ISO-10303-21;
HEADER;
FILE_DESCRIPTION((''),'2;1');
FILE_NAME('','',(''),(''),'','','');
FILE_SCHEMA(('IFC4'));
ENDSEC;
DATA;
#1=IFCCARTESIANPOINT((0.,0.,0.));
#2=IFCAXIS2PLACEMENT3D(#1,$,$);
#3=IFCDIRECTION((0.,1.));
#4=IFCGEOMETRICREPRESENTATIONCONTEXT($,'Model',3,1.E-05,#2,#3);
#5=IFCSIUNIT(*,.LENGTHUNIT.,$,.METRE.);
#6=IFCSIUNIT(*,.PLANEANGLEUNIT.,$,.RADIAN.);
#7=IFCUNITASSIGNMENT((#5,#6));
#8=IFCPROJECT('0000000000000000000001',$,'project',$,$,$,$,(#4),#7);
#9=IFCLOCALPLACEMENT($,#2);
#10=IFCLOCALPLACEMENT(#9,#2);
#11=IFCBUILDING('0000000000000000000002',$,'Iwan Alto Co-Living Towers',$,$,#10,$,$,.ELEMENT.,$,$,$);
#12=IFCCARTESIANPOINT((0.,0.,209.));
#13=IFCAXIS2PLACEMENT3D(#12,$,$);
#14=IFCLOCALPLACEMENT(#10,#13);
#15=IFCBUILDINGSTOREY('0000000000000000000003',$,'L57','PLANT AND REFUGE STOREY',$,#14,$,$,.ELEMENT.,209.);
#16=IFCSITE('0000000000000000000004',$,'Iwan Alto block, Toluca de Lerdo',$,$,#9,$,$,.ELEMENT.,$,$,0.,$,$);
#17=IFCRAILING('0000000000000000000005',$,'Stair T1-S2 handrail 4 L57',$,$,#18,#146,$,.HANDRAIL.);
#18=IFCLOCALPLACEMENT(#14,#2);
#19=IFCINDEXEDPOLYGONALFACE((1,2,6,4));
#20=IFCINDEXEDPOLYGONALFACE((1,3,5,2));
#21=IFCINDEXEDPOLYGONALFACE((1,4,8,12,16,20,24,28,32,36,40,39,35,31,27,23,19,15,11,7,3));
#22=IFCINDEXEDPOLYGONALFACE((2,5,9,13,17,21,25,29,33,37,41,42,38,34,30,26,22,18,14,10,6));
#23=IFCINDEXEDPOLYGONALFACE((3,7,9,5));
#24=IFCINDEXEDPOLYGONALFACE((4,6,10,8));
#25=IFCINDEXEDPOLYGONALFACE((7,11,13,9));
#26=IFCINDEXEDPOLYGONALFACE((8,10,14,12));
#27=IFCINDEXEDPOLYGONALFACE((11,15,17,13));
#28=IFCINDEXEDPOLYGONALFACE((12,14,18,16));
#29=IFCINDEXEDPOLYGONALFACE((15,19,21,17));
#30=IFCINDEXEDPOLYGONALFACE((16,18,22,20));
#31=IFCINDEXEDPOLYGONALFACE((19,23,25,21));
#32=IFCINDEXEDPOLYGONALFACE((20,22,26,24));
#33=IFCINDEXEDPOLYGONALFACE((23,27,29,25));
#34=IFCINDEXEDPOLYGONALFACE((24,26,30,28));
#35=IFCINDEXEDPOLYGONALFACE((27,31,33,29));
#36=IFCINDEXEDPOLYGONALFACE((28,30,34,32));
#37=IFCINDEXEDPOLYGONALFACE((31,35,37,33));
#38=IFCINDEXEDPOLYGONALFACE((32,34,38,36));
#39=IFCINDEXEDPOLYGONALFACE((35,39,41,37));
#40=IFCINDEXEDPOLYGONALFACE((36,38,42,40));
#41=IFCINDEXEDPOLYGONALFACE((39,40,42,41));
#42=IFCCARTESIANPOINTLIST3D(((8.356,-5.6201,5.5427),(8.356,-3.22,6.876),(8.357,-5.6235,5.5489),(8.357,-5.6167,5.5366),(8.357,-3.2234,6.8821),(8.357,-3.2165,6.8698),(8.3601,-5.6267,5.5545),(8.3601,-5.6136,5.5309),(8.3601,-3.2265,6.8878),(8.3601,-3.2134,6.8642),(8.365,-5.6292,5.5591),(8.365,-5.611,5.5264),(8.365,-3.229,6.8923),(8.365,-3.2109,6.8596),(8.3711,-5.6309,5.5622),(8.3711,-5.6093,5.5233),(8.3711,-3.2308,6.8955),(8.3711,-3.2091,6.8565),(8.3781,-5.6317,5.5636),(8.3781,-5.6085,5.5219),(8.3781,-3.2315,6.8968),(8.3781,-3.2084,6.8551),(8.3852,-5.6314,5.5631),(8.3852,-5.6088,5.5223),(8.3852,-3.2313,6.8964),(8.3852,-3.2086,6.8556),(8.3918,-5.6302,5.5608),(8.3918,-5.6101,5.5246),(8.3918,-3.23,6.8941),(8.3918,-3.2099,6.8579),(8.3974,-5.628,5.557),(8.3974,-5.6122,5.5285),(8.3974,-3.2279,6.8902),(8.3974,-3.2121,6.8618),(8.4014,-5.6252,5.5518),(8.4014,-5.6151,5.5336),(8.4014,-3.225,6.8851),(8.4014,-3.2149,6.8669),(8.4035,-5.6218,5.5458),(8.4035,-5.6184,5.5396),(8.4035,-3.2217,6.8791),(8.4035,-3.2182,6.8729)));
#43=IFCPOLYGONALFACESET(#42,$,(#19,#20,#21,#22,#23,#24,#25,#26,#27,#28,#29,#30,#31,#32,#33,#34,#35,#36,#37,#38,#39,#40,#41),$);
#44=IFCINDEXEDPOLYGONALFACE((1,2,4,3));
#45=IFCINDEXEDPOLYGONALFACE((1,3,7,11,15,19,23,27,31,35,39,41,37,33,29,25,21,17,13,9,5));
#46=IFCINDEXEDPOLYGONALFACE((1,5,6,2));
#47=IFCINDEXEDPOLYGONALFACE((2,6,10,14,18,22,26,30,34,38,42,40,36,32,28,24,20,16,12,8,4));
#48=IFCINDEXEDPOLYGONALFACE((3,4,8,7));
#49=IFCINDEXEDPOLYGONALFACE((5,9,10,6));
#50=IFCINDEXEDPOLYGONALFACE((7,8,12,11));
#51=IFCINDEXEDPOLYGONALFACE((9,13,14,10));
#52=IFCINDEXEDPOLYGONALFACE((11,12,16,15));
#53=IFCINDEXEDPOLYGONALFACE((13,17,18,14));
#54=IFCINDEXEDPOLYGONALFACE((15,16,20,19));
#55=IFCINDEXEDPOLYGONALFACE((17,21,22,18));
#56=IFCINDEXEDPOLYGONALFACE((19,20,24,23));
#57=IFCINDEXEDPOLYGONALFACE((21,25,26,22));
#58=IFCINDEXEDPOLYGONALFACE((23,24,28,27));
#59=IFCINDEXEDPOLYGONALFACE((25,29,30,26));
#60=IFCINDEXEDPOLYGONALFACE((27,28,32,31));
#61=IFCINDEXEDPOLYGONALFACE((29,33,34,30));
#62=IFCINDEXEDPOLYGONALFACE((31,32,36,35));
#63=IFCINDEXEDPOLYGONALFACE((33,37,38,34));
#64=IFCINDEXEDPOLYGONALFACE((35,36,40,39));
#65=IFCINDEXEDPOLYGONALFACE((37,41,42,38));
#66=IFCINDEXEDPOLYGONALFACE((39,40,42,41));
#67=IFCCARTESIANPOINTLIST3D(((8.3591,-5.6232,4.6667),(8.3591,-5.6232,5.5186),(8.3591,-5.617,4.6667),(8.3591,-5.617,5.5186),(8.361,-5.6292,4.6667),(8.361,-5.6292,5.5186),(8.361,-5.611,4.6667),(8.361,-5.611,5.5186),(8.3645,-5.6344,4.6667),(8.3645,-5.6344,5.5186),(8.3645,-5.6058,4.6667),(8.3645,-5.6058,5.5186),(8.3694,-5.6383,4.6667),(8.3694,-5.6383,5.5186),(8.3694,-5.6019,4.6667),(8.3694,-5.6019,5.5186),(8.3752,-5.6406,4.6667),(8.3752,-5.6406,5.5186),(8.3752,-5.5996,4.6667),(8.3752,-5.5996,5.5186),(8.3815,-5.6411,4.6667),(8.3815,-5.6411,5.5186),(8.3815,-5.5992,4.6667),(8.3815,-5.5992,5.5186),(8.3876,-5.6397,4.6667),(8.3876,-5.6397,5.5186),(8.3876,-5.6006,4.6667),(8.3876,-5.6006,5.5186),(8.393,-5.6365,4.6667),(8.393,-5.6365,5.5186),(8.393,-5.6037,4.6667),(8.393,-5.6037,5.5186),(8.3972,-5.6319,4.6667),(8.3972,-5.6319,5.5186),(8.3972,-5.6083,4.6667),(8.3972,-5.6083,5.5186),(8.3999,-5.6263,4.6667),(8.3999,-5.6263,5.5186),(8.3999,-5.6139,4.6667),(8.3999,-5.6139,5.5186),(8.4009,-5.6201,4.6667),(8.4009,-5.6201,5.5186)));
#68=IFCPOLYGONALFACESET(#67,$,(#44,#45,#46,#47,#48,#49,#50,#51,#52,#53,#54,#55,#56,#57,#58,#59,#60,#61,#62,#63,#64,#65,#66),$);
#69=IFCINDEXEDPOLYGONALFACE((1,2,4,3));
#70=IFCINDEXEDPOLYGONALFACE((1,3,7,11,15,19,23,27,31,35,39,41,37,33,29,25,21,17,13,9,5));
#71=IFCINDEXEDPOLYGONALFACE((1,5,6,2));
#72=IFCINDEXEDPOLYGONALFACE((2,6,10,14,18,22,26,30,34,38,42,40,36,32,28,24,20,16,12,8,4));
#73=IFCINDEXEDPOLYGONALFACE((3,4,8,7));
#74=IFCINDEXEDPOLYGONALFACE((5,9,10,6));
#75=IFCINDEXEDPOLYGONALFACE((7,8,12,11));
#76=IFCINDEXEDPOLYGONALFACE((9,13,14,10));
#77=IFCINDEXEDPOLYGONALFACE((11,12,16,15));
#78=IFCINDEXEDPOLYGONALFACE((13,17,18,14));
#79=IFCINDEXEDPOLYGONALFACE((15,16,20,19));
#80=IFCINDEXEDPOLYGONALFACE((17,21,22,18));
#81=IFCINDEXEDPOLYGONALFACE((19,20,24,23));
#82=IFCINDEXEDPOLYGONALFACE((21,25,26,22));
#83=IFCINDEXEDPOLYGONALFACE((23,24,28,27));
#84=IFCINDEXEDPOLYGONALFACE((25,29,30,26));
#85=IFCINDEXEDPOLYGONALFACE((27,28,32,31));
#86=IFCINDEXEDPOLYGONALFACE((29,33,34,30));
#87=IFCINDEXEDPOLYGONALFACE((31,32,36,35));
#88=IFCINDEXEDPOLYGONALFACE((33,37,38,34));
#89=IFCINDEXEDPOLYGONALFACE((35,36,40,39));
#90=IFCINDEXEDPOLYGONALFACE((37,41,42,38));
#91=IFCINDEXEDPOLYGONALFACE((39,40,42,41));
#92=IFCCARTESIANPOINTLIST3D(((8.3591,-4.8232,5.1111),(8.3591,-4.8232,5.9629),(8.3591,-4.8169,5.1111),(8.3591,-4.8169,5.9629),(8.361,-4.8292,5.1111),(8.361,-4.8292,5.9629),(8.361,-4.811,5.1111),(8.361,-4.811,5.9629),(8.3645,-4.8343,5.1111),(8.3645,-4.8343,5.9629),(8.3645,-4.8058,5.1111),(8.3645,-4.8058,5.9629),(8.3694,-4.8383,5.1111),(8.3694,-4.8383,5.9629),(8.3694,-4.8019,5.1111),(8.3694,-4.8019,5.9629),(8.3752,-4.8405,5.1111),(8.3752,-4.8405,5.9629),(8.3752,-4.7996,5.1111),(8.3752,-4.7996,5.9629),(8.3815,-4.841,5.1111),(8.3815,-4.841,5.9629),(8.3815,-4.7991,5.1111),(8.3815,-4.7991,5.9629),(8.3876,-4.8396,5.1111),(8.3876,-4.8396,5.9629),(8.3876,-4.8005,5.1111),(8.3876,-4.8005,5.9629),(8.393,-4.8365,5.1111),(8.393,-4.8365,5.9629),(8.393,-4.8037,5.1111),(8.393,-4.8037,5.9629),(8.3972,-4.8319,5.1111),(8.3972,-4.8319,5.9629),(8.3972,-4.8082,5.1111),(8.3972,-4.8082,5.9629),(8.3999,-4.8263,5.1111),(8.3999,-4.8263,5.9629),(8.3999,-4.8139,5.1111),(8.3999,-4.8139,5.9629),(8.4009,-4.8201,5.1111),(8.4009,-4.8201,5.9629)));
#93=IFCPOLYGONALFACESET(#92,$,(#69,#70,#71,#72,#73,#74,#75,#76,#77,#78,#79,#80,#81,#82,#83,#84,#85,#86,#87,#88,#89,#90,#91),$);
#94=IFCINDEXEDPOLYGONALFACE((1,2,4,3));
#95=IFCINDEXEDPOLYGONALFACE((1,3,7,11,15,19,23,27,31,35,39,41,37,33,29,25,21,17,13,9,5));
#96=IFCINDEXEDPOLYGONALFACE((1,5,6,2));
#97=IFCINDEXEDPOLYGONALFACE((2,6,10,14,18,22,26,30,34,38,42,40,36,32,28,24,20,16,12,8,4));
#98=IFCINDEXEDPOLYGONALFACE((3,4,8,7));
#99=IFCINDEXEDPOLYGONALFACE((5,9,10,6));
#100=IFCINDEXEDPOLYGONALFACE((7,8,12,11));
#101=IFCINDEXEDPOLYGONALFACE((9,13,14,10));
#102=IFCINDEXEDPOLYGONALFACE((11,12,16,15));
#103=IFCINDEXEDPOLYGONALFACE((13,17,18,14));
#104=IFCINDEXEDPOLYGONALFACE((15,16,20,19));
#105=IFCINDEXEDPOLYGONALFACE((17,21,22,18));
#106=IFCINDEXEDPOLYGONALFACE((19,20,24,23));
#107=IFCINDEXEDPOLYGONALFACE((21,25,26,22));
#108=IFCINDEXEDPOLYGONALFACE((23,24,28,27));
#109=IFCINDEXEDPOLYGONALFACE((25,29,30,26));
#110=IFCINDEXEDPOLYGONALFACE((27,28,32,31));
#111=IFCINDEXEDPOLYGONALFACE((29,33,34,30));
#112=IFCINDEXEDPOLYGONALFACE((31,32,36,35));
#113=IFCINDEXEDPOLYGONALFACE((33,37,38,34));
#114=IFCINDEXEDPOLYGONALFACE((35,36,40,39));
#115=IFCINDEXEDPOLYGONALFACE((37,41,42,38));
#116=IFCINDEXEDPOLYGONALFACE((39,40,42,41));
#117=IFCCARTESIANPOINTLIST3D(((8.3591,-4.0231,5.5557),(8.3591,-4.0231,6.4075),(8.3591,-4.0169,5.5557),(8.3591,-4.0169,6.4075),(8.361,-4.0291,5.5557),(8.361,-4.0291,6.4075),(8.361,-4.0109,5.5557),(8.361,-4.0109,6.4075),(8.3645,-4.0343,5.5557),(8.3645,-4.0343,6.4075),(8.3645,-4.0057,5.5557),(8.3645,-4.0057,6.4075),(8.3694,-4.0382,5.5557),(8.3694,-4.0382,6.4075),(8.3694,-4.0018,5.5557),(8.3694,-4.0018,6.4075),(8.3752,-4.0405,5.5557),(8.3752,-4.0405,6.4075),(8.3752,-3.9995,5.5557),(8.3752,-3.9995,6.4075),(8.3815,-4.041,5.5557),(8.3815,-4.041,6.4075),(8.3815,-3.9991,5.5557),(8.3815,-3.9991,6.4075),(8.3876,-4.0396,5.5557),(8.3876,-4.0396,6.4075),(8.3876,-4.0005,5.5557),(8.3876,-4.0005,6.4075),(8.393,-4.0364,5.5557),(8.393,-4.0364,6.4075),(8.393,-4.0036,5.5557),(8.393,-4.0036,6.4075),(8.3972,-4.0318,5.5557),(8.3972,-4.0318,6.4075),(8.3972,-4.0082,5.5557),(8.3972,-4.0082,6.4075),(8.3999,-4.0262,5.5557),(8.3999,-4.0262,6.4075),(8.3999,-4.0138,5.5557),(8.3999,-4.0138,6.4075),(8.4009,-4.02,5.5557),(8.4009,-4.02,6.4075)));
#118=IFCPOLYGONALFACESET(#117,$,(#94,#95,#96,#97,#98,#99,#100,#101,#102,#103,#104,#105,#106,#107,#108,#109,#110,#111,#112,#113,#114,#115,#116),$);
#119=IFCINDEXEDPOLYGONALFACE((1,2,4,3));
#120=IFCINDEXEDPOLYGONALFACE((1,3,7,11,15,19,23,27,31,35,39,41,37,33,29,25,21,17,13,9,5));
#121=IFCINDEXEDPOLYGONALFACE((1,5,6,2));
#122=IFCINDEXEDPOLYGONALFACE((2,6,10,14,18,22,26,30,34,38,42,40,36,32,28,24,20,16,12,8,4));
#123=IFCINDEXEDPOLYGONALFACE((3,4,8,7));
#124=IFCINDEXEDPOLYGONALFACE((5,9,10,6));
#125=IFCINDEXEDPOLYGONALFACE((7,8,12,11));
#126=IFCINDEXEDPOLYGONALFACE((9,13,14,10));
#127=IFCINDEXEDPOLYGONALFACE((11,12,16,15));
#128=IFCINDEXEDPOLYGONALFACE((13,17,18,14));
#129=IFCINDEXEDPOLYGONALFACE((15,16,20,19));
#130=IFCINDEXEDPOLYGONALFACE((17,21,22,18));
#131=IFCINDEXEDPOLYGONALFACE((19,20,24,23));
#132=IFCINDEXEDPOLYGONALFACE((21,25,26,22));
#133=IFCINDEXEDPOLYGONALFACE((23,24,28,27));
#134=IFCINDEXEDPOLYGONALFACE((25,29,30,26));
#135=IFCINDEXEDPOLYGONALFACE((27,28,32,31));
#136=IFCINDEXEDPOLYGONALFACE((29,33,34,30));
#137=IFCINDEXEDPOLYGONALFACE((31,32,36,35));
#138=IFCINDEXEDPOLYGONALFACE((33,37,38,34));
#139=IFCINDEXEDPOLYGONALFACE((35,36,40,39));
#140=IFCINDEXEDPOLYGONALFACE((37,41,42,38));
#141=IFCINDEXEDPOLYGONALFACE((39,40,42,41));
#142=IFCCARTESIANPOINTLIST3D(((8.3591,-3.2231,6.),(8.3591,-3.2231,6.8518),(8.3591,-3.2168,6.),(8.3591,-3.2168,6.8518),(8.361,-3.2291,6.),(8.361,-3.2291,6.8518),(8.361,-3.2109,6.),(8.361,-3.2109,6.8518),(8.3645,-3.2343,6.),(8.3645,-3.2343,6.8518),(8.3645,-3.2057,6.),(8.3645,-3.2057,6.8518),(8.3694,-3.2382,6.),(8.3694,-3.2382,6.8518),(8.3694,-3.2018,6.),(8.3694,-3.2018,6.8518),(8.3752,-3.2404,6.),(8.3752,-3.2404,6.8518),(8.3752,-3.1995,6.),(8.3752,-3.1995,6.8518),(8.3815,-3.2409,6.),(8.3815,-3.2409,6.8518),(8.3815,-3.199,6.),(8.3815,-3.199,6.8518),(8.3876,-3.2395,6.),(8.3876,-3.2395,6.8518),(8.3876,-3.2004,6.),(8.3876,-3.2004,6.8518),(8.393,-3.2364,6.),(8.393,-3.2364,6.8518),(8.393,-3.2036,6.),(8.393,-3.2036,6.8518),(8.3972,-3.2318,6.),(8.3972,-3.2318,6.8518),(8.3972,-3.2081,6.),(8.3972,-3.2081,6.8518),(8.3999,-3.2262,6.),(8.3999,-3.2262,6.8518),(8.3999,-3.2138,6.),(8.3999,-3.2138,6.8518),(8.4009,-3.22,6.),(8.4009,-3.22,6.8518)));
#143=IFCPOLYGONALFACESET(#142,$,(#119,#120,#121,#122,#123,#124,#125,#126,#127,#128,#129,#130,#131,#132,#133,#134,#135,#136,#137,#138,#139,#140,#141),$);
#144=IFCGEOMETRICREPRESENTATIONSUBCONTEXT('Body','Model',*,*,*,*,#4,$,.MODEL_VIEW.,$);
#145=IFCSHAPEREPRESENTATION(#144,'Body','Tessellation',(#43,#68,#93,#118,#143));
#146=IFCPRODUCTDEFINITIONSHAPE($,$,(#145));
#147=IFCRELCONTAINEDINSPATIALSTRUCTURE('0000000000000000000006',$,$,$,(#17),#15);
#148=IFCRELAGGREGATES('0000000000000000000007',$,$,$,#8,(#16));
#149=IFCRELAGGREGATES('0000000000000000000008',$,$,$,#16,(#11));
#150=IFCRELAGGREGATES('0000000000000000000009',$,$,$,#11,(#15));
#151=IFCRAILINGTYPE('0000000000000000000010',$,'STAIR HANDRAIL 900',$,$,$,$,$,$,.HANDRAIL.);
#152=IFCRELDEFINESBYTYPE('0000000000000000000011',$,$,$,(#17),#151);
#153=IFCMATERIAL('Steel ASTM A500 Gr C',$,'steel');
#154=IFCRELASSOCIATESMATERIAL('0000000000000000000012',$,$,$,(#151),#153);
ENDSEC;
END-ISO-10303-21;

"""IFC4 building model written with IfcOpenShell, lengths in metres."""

from ifc_helpers import new_model, si_unit, direction, frame, origin, origin_2d, place, context, subcontext, project, spatial, circle, extrude, material, type_object, element, save


model = new_model("IFC4")

# Units and contexts
model_context = context("Model", 3, precision=1e-05, world=origin(), true_north=direction((0.0, 1.0)))
body_context = subcontext(model_context, "Body", "Model", "MODEL_VIEW")
ifc_project = project(units=[si_unit("LENGTHUNIT", "METRE"), si_unit("PLANEANGLEUNIT", "RADIAN")], contexts=[model_context])

# Site, building, storey
site_placement = place(None, origin())
site = spatial("IfcSite", under=ifc_project, at=site_placement, Name="Iwan Alto block, Toluca de Lerdo", CompositionType="ELEMENT", RefElevation=0.0)
building_placement = place(site_placement, origin())
building = spatial("IfcBuilding", under=site, at=building_placement, Name="Iwan Alto Co-Living Towers", CompositionType="ELEMENT")
storey_placement = place(building_placement, frame((0.0, 0.0, 209.0)))
storey = spatial("IfcBuildingStorey", under=building, at=storey_placement, Name="L57", Description="PLANT AND REFUGE STOREY", CompositionType="ELEMENT", Elevation=209.0)

# Railing
ifc_material_1 = material(Name="Steel ASTM A500 Gr C", Category="steel")
railing_type_1 = type_object("IfcRailingType", Name="STAIR HANDRAIL 900", PredefinedType="HANDRAIL", material=ifc_material_1)
railing_1_placement = place(storey_placement, frame((8.3799, -5.6201, 4.6667)))
element("IfcRailing", 1, at=railing_1_placement, inside=storey, type_object=railing_type_1, Name="Stair T1-S2 handrail 4 L57", PredefinedType="HANDRAIL", context=body_context, shape_type="SweptSolid", body=[
    extrude(circle(Radius=0.0239, at=origin_2d()), frame((0.0, 0.0, 0.876), z_axis=(0.0, 0.874182, 0.485598), x_axis=(-1.0, 0.0, 0.0)), (0.0, 0.0, 1.0), 2.7456),
    extrude(circle(Radius=0.021, at=origin_2d()), origin(), (0.0, 0.0, 1.0), 0.8518),
    extrude(circle(Radius=0.021, at=origin_2d()), frame((0.0, 0.8, 0.4443)), (0.0, 0.0, 1.0), 0.8518),
    extrude(circle(Radius=0.021, at=origin_2d()), frame((0.0, 1.6001, 0.8889)), (0.0, 0.0, 1.0), 0.8518),
    extrude(circle(Radius=0.021, at=origin_2d()), frame((0.0, 2.4001, 1.3333)), (0.0, 0.0, 1.0), 0.8518),
])

save(model, "model.ifc")
